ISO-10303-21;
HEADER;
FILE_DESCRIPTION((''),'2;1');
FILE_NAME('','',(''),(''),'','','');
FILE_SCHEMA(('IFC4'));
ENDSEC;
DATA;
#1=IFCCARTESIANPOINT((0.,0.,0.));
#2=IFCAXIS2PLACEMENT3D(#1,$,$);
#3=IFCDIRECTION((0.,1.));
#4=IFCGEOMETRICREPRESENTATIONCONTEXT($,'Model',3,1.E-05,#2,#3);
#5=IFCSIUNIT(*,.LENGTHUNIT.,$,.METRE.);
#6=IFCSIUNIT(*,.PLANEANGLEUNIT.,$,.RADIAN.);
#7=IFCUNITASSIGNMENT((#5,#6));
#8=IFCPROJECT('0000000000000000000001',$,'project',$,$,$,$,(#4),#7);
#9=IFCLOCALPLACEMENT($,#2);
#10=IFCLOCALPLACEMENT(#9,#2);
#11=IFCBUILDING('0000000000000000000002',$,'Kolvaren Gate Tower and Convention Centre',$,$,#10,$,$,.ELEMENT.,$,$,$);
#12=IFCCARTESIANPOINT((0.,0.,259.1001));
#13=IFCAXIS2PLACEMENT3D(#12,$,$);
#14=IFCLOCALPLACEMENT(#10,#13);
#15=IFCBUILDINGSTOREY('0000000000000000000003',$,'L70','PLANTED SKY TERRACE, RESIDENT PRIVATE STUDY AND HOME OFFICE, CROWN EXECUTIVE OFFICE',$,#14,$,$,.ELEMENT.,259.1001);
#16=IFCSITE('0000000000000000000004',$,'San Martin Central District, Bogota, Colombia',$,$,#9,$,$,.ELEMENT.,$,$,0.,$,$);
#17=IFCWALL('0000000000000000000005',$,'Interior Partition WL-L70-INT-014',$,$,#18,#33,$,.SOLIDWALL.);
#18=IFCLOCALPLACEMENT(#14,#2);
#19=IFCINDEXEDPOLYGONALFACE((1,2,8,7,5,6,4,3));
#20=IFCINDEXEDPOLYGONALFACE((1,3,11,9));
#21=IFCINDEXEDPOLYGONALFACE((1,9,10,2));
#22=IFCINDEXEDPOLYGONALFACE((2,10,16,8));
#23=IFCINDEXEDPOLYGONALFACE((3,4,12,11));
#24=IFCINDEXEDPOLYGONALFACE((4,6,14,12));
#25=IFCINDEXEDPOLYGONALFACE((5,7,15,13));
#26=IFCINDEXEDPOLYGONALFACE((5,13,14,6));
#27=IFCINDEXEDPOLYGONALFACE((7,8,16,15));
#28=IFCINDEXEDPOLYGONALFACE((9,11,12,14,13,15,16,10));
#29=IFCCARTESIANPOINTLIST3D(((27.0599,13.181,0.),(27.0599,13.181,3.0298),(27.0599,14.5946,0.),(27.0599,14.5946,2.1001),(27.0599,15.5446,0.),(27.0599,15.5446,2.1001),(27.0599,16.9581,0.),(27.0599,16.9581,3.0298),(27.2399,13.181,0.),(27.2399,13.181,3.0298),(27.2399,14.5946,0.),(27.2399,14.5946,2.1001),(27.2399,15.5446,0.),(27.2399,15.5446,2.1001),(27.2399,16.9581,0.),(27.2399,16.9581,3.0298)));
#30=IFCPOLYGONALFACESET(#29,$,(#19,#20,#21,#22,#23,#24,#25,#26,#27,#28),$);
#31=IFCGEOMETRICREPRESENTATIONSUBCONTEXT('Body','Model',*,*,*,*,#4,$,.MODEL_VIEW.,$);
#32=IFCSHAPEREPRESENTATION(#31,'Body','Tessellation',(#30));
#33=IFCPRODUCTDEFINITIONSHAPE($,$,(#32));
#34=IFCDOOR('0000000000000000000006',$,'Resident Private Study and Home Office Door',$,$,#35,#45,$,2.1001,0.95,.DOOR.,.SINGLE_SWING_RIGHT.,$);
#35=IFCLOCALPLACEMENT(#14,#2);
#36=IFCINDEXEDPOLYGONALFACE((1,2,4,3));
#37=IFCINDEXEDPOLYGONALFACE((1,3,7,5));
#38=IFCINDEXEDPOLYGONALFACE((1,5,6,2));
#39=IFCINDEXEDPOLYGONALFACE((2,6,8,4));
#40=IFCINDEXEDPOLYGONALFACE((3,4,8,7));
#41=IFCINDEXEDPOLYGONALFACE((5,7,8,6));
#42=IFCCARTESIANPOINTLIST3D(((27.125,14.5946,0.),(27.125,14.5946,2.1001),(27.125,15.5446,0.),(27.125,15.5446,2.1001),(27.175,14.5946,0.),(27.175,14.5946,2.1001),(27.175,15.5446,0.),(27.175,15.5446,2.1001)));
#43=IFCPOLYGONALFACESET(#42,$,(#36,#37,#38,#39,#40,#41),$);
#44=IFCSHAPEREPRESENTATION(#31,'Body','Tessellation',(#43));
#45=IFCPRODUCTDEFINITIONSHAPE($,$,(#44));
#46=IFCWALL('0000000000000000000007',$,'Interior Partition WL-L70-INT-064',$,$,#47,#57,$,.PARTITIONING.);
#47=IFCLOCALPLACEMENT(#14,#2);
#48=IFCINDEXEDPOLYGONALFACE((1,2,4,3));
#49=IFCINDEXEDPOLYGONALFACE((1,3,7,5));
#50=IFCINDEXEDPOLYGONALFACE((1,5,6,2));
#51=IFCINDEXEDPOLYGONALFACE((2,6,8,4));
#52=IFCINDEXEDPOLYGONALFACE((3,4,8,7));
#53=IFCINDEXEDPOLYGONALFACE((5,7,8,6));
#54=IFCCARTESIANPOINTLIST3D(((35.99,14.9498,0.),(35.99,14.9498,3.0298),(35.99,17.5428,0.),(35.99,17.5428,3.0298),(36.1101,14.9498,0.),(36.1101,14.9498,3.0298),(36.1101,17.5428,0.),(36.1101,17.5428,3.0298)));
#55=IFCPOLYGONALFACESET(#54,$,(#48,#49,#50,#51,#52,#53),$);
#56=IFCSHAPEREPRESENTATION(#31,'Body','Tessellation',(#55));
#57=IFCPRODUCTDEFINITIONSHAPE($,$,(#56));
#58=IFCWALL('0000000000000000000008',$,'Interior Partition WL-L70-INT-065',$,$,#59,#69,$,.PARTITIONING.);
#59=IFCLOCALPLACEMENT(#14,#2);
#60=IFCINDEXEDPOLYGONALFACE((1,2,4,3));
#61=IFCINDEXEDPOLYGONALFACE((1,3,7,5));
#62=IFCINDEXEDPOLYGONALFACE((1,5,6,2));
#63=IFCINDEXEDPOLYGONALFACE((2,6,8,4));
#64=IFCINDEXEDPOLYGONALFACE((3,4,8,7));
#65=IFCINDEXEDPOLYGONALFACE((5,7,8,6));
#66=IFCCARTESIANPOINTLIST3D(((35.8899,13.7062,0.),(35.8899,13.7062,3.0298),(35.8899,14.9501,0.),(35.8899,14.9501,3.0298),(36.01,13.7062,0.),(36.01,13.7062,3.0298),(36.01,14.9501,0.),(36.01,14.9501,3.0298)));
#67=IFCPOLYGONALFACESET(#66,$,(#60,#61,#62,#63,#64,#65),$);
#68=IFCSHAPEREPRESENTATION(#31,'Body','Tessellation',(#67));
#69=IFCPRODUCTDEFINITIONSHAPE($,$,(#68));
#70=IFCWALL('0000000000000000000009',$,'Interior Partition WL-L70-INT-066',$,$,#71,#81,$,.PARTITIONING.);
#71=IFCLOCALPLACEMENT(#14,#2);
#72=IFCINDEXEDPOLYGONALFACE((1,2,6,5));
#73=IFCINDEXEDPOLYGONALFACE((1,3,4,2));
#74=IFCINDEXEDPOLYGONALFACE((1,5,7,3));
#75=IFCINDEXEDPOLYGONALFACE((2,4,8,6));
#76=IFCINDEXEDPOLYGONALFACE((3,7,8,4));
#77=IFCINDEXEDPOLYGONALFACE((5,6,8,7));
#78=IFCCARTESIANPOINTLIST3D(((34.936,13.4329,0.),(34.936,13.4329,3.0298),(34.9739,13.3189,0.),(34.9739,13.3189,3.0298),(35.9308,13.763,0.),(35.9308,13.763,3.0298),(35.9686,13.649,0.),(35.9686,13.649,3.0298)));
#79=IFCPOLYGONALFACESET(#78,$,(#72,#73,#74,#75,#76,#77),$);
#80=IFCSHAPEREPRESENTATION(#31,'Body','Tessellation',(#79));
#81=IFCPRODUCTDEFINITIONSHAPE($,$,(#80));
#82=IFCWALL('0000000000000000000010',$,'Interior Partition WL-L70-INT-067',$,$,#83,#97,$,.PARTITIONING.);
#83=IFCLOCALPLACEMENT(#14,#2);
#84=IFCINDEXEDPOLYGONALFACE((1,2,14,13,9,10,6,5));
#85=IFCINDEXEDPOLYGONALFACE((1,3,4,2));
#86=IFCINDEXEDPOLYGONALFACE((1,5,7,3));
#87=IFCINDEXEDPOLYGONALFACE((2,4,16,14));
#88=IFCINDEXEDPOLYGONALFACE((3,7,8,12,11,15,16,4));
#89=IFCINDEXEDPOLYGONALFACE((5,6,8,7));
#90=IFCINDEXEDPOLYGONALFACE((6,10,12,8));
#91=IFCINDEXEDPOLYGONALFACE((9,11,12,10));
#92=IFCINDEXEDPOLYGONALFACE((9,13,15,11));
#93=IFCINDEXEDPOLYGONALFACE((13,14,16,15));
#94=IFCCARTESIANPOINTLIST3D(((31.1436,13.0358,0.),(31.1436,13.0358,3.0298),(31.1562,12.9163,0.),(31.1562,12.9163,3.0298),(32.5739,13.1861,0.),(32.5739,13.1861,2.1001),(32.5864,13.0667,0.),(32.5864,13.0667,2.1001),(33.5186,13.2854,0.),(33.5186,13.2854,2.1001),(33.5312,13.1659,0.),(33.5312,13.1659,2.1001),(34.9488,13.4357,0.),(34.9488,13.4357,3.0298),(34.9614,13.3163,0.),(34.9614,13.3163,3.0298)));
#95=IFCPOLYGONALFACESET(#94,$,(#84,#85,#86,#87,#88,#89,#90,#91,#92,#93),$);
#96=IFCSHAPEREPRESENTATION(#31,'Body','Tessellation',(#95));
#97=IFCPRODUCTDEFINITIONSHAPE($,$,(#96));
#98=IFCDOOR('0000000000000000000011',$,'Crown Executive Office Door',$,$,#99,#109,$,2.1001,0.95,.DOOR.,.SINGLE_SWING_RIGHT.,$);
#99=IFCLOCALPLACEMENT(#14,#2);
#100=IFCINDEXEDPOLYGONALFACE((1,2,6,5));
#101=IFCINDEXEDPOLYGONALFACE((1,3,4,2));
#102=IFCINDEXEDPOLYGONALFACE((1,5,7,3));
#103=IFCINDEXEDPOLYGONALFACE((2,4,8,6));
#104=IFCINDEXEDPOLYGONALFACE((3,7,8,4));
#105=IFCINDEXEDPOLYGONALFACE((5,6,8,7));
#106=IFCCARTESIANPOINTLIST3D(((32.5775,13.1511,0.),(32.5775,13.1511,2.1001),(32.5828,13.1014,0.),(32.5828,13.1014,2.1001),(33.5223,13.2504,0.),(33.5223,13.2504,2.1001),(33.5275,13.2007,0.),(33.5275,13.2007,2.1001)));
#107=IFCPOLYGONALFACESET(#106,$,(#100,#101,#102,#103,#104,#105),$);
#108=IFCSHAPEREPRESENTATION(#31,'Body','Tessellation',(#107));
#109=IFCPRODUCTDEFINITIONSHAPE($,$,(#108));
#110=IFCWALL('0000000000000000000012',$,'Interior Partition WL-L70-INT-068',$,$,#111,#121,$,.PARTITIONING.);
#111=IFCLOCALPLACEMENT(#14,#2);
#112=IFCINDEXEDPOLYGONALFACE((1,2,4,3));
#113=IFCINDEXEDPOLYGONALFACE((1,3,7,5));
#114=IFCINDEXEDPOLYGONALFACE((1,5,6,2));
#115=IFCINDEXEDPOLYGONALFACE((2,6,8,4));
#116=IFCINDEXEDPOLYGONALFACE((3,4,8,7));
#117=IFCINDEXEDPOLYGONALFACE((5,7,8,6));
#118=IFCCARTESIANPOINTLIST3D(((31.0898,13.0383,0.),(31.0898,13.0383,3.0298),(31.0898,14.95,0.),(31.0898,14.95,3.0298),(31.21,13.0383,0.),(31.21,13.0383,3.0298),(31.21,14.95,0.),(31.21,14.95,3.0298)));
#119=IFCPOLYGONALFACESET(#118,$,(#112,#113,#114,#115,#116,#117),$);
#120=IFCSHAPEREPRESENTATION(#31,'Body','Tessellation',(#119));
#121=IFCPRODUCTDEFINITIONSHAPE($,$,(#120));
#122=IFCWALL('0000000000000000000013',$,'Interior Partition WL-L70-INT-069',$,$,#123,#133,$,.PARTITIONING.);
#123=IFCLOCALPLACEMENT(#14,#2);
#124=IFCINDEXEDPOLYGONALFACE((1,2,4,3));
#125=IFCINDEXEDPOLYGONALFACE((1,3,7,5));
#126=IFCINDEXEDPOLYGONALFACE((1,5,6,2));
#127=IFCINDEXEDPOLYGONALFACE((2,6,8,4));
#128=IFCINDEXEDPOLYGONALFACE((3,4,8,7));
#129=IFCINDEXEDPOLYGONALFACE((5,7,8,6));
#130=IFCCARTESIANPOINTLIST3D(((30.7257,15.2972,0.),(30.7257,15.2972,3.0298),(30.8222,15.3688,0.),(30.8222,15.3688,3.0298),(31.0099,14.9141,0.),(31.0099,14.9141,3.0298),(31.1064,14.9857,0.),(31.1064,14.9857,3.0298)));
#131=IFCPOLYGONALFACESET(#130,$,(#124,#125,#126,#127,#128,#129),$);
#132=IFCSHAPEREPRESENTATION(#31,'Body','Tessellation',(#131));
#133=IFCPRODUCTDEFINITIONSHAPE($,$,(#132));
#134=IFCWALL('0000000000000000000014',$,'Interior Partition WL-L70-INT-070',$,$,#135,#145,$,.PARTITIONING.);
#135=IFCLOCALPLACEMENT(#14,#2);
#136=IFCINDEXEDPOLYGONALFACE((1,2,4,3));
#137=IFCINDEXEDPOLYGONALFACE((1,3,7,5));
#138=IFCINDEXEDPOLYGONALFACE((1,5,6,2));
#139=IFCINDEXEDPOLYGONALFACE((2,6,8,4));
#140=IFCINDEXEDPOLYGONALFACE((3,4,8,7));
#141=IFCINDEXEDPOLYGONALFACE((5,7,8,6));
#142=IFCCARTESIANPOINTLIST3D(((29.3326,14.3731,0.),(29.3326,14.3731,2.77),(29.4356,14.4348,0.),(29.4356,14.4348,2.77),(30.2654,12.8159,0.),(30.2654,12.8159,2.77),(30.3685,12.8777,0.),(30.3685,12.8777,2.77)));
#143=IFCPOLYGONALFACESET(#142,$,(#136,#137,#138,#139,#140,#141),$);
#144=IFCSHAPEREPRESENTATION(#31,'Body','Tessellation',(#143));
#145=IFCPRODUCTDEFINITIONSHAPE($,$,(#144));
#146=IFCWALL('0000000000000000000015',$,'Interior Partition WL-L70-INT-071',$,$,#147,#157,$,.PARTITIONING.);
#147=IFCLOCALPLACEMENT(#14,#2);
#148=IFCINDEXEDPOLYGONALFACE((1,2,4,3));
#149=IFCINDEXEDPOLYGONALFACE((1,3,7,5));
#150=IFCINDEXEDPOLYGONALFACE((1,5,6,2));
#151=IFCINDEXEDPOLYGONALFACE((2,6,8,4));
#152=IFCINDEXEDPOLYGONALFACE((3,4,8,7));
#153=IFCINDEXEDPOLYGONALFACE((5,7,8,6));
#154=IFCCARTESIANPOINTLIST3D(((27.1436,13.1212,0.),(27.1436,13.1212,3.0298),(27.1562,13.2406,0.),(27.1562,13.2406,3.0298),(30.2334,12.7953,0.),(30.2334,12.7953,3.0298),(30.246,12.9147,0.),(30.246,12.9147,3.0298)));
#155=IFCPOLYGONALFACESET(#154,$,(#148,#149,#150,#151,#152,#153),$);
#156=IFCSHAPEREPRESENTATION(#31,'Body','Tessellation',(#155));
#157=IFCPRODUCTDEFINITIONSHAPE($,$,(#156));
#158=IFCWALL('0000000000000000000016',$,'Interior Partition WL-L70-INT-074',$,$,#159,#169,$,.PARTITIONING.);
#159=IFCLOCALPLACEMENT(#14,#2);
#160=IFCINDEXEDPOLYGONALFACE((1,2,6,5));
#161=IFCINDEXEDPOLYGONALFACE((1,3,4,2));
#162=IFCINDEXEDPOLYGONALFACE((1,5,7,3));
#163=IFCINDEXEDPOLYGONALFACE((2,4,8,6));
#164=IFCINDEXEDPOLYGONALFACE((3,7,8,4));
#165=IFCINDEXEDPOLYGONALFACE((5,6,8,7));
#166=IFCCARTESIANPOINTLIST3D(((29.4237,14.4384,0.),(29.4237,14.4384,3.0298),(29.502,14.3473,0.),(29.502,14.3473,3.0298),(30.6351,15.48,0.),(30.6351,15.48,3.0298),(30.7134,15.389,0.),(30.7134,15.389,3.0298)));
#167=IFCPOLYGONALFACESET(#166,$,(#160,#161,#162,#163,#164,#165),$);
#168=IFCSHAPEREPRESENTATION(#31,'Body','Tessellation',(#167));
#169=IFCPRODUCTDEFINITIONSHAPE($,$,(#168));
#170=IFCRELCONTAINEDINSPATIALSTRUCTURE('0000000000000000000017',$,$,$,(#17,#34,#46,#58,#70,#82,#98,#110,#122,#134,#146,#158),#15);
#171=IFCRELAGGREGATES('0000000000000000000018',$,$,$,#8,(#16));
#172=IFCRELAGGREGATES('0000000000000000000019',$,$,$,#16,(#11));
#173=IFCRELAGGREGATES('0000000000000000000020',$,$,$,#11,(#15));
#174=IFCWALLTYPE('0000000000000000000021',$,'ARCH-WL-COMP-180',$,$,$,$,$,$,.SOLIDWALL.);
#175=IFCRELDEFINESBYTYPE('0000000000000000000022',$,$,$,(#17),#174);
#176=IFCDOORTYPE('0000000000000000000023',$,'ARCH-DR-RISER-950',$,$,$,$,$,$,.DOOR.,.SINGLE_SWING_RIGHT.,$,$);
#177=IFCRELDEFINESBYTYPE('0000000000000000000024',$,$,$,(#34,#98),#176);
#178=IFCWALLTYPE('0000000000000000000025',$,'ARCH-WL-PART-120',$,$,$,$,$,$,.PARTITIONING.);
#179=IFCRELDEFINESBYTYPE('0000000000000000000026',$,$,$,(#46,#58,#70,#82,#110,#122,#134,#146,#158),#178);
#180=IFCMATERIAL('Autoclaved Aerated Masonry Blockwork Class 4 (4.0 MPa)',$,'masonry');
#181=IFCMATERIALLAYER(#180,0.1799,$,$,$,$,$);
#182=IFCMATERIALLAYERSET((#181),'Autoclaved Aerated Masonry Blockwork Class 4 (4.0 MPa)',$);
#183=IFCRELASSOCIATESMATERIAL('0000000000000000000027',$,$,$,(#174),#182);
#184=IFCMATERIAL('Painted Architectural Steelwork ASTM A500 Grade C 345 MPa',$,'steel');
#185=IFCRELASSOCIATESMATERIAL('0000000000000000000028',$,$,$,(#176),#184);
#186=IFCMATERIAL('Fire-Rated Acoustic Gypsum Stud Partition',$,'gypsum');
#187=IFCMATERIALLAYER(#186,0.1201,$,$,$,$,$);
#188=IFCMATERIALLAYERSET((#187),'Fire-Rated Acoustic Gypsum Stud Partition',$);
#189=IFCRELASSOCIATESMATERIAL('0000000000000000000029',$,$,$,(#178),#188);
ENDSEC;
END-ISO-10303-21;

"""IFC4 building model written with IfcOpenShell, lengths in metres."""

from ifc_helpers import new_model, si_unit, direction, frame, frame_2d, origin, place, context, subcontext, project, spatial, rectangle, extrude, material, layer, layer_set, type_object, element, fill, save


model = new_model("IFC4")

# Units and contexts
model_context = context("Model", 3, precision=1e-05, world=origin(), true_north=direction((0.0, 1.0)))
body_context = subcontext(model_context, "Body", "Model", "MODEL_VIEW")
ifc_project = project(units=[si_unit("LENGTHUNIT", "METRE"), si_unit("PLANEANGLEUNIT", "RADIAN")], contexts=[model_context])

# Site, building, storey
site_placement = place(None, origin())
site = spatial("IfcSite", under=ifc_project, at=site_placement, Name="San Martin Central District, Bogota, Colombia", CompositionType="ELEMENT", RefElevation=0.0)
building_placement = place(site_placement, origin())
building = spatial("IfcBuilding", under=site, at=building_placement, Name="Kolvaren Gate Tower and Convention Centre", CompositionType="ELEMENT")
storey_placement = place(building_placement, frame((0.0, 0.0, 259.1001)))
storey = spatial("IfcBuildingStorey", under=building, at=storey_placement, Name="L70", Description="PLANTED SKY TERRACE, RESIDENT PRIVATE STUDY AND HOME OFFICE, CROWN EXECUTIVE OFFICE", CompositionType="ELEMENT", Elevation=259.1001)

# Wall, opening, door
ifc_material_1 = material(Name="Autoclaved Aerated Masonry Blockwork Class 4 (4.0 MPa)", Category="masonry")
ifc_layer_1 = layer(ifc_material_1, 0.1799)
ifc_layer_set_1 = layer_set([ifc_layer_1], Name="Autoclaved Aerated Masonry Blockwork Class 4 (4.0 MPa)")
wall_type_1 = type_object("IfcWallType", Name="ARCH-WL-COMP-180", PredefinedType="SOLIDWALL", material=ifc_layer_set_1)
wall_1_placement = place(storey_placement, frame((27.1499, 13.1809, 0.0), z_axis=(0.0, 0.0, 1.0), x_axis=(0.0, 1.0, 0.0)))
wall_1 = element("IfcWall", 1, at=wall_1_placement, inside=storey, type_object=wall_type_1, Name="Interior Partition WL-L70-INT-014", PredefinedType="SOLIDWALL", context=body_context, shape_type="SweptSolid", body=[
    extrude(rectangle(XDim=3.7771, YDim=0.1799, at=frame_2d((1.8887, 0.0))), origin(), (0.0, 0.0, 1.0), 3.0298),
])
opening_1_placement = place(wall_1_placement, frame((1.4136, 0.0, 0.0)))
opening_1 = element("IfcOpeningElement", 2, at=opening_1_placement, cuts=wall_1, PredefinedType="OPENING", context=body_context, shape_type="SweptSolid", body=[
    extrude(rectangle(XDim=0.95, YDim=2.1001, at=frame_2d((0.4751, 1.05))), frame((0.0, 0.0999, 0.0), z_axis=(0.0, -1.0, 0.0), x_axis=(1.0, 0.0, 0.0)), (0.0, 0.0, 1.0), 0.2),
])
ifc_material_2 = material(Name="Painted Architectural Steelwork ASTM A500 Grade C 345 MPa", Category="steel")
door_type = type_object("IfcDoorType", Name="ARCH-DR-RISER-950", OperationType="SINGLE_SWING_RIGHT", PredefinedType="DOOR", material=ifc_material_2)
door_1_placement = place(opening_1_placement, origin())
door_1 = element("IfcDoor", 3, at=door_1_placement, inside=storey, type_object=door_type, Name="Resident Private Study and Home Office Door", OperationType="SINGLE_SWING_RIGHT", OverallHeight=2.1001, OverallWidth=0.95, PredefinedType="DOOR", context=body_context, shape_type="SweptSolid", body=[
    extrude(rectangle(XDim=0.95, YDim=2.1001, at=frame_2d((0.4751, 1.05))), frame((0.0, 0.0249, 0.0), z_axis=(0.0, -1.0, 0.0), x_axis=(1.0, 0.0, 0.0)), (0.0, 0.0, 1.0), 0.05),
])
fill(opening_1, door_1)

# Walls
ifc_material_3 = material(Name="Fire-Rated Acoustic Gypsum Stud Partition", Category="gypsum")
ifc_layer_2 = layer(ifc_material_3, 0.1201)
ifc_layer_set_2 = layer_set([ifc_layer_2], Name="Fire-Rated Acoustic Gypsum Stud Partition")
wall_type_2 = type_object("IfcWallType", Name="ARCH-WL-PART-120", PredefinedType="PARTITIONING", material=ifc_layer_set_2)
wall_2_placement = place(storey_placement, frame((36.05, 14.95, 0.0), z_axis=(0.0, 0.0, 1.0), x_axis=(0.0, 1.0, 0.0)))
element("IfcWall", 4, at=wall_2_placement, inside=storey, type_object=wall_type_2, Name="Interior Partition WL-L70-INT-064", PredefinedType="PARTITIONING", context=body_context, shape_type="SweptSolid", body=[
    extrude(rectangle(XDim=2.593, YDim=0.1201, at=frame_2d((1.2964, 0.0))), origin(), (0.0, 0.0, 1.0), 3.0298),
])
wall_3_placement = place(storey_placement, frame((35.95, 13.7061, 0.0), z_axis=(0.0, 0.0, 1.0), x_axis=(0.0, 1.0, 0.0)))
element("IfcWall", 5, at=wall_3_placement, inside=storey, type_object=wall_type_2, Name="Interior Partition WL-L70-INT-065", PredefinedType="PARTITIONING", context=body_context, shape_type="SweptSolid", body=[
    extrude(rectangle(XDim=1.2439, YDim=0.1201, at=frame_2d((0.6221, 0.0))), origin(), (0.0, 0.0, 1.0), 3.0298),
])
wall_4_placement = place(storey_placement, frame((34.9551, 13.376, 0.0), z_axis=(0.0, 0.0, 1.0), x_axis=(0.949125, 0.3149, 0.0)))
element("IfcWall", 6, at=wall_4_placement, inside=storey, type_object=wall_type_2, Name="Interior Partition WL-L70-INT-066", PredefinedType="PARTITIONING", context=body_context, shape_type="SweptSolid", body=[
    extrude(rectangle(XDim=1.0481, YDim=0.1201, at=frame_2d((0.5239, 0.0))), origin(), (0.0, 0.0, 1.0), 3.0298),
])

# Wall, opening, door
wall_5_placement = place(storey_placement, frame((31.1499, 12.9761, 0.0), z_axis=(0.0, 0.0, 1.0), x_axis=(0.994523, 0.104519, 0.0)))
wall_5 = element("IfcWall", 7, at=wall_5_placement, inside=storey, type_object=wall_type_2, Name="Interior Partition WL-L70-INT-067", PredefinedType="PARTITIONING", context=body_context, shape_type="SweptSolid", body=[
    extrude(rectangle(XDim=3.8262, YDim=0.1201, at=frame_2d((1.9131, 0.0))), origin(), (0.0, 0.0, 1.0), 3.0298),
])
opening_2_placement = place(wall_5_placement, frame((1.438, 0.0, 0.0)))
opening_2 = element("IfcOpeningElement", 8, at=opening_2_placement, cuts=wall_5, PredefinedType="OPENING", context=body_context, shape_type="SweptSolid", body=[
    extrude(rectangle(XDim=0.95, YDim=2.1001, at=frame_2d((0.4751, 1.05))), frame((0.0, 0.0701, 0.0), z_axis=(0.0, -1.0, 0.0), x_axis=(1.0, 0.0, 0.0)), (0.0, 0.0, 1.0), 0.1401),
])
door_2_placement = place(opening_2_placement, origin())
door_2 = element("IfcDoor", 9, at=door_2_placement, inside=storey, type_object=door_type, Name="Crown Executive Office Door", OperationType="SINGLE_SWING_RIGHT", OverallHeight=2.1001, OverallWidth=0.95, PredefinedType="DOOR", context=body_context, shape_type="SweptSolid", body=[
    extrude(rectangle(XDim=0.95, YDim=2.1001, at=frame_2d((0.4751, 1.05))), frame((0.0, 0.0249, 0.0), z_axis=(0.0, -1.0, 0.0), x_axis=(1.0, 0.0, 0.0)), (0.0, 0.0, 1.0), 0.05),
])
fill(opening_2, door_2)

# Walls
wall_6_placement = place(storey_placement, frame((31.1499, 13.0383, 0.0), z_axis=(0.0, 0.0, 1.0), x_axis=(0.0, 1.0, 0.0)))
element("IfcWall", 10, at=wall_6_placement, inside=storey, type_object=wall_type_2, Name="Interior Partition WL-L70-INT-068", PredefinedType="PARTITIONING", context=body_context, shape_type="SweptSolid", body=[
    extrude(rectangle(XDim=1.9116, YDim=0.1201, at=frame_2d((0.9558, 0.0))), origin(), (0.0, 0.0, 1.0), 3.0298),
])
wall_7_placement = place(storey_placement, frame((30.7739, 15.333, 0.0), z_axis=(0.0, 0.0, 1.0), x_axis=(0.595815, -0.803122, 0.0)))
element("IfcWall", 11, at=wall_7_placement, inside=storey, type_object=wall_type_2, Name="Interior Partition WL-L70-INT-069", PredefinedType="PARTITIONING", context=body_context, shape_type="SweptSolid", body=[
    extrude(rectangle(XDim=0.4771, YDim=0.1201, at=frame_2d((0.2385, 0.0))), origin(), (0.0, 0.0, 1.0), 3.0298),
])
wall_8_placement = place(storey_placement, frame((29.384, 14.4041, 0.0), z_axis=(0.0, 0.0, 1.0), x_axis=(0.513922, -0.857837, 0.0)))
element("IfcWall", 12, at=wall_8_placement, inside=storey, type_object=wall_type_2, Name="Interior Partition WL-L70-INT-070", PredefinedType="PARTITIONING", context=body_context, shape_type="SweptSolid", body=[
    extrude(rectangle(XDim=1.8152, YDim=0.1201, at=frame_2d((0.9077, 0.0))), origin(), (0.0, 0.0, 1.0), 2.77),
])
wall_9_placement = place(storey_placement, frame((27.1499, 13.1809, 0.0), z_axis=(0.0, 0.0, 1.0), x_axis=(0.994483, -0.104902, 0.0)))
element("IfcWall", 13, at=wall_9_placement, inside=storey, type_object=wall_type_2, Name="Interior Partition WL-L70-INT-071", PredefinedType="PARTITIONING", context=body_context, shape_type="SweptSolid", body=[
    extrude(rectangle(XDim=3.1069, YDim=0.1201, at=frame_2d((1.5535, 0.0))), origin(), (0.0, 0.0, 1.0), 3.0298),
])
wall_10_placement = place(storey_placement, frame((29.4629, 14.3928, 0.0), z_axis=(0.0, 0.0, 1.0), x_axis=(0.758209, 0.652011, 0.0)))
element("IfcWall", 14, at=wall_10_placement, inside=storey, type_object=wall_type_2, Name="Interior Partition WL-L70-INT-074", PredefinedType="PARTITIONING", context=body_context, shape_type="SweptSolid", body=[
    extrude(rectangle(XDim=1.5977, YDim=0.1201, at=frame_2d((0.7988, 0.0))), origin(), (0.0, 0.0, 1.0), 3.0298),
])

save(model, "model.ifc")
